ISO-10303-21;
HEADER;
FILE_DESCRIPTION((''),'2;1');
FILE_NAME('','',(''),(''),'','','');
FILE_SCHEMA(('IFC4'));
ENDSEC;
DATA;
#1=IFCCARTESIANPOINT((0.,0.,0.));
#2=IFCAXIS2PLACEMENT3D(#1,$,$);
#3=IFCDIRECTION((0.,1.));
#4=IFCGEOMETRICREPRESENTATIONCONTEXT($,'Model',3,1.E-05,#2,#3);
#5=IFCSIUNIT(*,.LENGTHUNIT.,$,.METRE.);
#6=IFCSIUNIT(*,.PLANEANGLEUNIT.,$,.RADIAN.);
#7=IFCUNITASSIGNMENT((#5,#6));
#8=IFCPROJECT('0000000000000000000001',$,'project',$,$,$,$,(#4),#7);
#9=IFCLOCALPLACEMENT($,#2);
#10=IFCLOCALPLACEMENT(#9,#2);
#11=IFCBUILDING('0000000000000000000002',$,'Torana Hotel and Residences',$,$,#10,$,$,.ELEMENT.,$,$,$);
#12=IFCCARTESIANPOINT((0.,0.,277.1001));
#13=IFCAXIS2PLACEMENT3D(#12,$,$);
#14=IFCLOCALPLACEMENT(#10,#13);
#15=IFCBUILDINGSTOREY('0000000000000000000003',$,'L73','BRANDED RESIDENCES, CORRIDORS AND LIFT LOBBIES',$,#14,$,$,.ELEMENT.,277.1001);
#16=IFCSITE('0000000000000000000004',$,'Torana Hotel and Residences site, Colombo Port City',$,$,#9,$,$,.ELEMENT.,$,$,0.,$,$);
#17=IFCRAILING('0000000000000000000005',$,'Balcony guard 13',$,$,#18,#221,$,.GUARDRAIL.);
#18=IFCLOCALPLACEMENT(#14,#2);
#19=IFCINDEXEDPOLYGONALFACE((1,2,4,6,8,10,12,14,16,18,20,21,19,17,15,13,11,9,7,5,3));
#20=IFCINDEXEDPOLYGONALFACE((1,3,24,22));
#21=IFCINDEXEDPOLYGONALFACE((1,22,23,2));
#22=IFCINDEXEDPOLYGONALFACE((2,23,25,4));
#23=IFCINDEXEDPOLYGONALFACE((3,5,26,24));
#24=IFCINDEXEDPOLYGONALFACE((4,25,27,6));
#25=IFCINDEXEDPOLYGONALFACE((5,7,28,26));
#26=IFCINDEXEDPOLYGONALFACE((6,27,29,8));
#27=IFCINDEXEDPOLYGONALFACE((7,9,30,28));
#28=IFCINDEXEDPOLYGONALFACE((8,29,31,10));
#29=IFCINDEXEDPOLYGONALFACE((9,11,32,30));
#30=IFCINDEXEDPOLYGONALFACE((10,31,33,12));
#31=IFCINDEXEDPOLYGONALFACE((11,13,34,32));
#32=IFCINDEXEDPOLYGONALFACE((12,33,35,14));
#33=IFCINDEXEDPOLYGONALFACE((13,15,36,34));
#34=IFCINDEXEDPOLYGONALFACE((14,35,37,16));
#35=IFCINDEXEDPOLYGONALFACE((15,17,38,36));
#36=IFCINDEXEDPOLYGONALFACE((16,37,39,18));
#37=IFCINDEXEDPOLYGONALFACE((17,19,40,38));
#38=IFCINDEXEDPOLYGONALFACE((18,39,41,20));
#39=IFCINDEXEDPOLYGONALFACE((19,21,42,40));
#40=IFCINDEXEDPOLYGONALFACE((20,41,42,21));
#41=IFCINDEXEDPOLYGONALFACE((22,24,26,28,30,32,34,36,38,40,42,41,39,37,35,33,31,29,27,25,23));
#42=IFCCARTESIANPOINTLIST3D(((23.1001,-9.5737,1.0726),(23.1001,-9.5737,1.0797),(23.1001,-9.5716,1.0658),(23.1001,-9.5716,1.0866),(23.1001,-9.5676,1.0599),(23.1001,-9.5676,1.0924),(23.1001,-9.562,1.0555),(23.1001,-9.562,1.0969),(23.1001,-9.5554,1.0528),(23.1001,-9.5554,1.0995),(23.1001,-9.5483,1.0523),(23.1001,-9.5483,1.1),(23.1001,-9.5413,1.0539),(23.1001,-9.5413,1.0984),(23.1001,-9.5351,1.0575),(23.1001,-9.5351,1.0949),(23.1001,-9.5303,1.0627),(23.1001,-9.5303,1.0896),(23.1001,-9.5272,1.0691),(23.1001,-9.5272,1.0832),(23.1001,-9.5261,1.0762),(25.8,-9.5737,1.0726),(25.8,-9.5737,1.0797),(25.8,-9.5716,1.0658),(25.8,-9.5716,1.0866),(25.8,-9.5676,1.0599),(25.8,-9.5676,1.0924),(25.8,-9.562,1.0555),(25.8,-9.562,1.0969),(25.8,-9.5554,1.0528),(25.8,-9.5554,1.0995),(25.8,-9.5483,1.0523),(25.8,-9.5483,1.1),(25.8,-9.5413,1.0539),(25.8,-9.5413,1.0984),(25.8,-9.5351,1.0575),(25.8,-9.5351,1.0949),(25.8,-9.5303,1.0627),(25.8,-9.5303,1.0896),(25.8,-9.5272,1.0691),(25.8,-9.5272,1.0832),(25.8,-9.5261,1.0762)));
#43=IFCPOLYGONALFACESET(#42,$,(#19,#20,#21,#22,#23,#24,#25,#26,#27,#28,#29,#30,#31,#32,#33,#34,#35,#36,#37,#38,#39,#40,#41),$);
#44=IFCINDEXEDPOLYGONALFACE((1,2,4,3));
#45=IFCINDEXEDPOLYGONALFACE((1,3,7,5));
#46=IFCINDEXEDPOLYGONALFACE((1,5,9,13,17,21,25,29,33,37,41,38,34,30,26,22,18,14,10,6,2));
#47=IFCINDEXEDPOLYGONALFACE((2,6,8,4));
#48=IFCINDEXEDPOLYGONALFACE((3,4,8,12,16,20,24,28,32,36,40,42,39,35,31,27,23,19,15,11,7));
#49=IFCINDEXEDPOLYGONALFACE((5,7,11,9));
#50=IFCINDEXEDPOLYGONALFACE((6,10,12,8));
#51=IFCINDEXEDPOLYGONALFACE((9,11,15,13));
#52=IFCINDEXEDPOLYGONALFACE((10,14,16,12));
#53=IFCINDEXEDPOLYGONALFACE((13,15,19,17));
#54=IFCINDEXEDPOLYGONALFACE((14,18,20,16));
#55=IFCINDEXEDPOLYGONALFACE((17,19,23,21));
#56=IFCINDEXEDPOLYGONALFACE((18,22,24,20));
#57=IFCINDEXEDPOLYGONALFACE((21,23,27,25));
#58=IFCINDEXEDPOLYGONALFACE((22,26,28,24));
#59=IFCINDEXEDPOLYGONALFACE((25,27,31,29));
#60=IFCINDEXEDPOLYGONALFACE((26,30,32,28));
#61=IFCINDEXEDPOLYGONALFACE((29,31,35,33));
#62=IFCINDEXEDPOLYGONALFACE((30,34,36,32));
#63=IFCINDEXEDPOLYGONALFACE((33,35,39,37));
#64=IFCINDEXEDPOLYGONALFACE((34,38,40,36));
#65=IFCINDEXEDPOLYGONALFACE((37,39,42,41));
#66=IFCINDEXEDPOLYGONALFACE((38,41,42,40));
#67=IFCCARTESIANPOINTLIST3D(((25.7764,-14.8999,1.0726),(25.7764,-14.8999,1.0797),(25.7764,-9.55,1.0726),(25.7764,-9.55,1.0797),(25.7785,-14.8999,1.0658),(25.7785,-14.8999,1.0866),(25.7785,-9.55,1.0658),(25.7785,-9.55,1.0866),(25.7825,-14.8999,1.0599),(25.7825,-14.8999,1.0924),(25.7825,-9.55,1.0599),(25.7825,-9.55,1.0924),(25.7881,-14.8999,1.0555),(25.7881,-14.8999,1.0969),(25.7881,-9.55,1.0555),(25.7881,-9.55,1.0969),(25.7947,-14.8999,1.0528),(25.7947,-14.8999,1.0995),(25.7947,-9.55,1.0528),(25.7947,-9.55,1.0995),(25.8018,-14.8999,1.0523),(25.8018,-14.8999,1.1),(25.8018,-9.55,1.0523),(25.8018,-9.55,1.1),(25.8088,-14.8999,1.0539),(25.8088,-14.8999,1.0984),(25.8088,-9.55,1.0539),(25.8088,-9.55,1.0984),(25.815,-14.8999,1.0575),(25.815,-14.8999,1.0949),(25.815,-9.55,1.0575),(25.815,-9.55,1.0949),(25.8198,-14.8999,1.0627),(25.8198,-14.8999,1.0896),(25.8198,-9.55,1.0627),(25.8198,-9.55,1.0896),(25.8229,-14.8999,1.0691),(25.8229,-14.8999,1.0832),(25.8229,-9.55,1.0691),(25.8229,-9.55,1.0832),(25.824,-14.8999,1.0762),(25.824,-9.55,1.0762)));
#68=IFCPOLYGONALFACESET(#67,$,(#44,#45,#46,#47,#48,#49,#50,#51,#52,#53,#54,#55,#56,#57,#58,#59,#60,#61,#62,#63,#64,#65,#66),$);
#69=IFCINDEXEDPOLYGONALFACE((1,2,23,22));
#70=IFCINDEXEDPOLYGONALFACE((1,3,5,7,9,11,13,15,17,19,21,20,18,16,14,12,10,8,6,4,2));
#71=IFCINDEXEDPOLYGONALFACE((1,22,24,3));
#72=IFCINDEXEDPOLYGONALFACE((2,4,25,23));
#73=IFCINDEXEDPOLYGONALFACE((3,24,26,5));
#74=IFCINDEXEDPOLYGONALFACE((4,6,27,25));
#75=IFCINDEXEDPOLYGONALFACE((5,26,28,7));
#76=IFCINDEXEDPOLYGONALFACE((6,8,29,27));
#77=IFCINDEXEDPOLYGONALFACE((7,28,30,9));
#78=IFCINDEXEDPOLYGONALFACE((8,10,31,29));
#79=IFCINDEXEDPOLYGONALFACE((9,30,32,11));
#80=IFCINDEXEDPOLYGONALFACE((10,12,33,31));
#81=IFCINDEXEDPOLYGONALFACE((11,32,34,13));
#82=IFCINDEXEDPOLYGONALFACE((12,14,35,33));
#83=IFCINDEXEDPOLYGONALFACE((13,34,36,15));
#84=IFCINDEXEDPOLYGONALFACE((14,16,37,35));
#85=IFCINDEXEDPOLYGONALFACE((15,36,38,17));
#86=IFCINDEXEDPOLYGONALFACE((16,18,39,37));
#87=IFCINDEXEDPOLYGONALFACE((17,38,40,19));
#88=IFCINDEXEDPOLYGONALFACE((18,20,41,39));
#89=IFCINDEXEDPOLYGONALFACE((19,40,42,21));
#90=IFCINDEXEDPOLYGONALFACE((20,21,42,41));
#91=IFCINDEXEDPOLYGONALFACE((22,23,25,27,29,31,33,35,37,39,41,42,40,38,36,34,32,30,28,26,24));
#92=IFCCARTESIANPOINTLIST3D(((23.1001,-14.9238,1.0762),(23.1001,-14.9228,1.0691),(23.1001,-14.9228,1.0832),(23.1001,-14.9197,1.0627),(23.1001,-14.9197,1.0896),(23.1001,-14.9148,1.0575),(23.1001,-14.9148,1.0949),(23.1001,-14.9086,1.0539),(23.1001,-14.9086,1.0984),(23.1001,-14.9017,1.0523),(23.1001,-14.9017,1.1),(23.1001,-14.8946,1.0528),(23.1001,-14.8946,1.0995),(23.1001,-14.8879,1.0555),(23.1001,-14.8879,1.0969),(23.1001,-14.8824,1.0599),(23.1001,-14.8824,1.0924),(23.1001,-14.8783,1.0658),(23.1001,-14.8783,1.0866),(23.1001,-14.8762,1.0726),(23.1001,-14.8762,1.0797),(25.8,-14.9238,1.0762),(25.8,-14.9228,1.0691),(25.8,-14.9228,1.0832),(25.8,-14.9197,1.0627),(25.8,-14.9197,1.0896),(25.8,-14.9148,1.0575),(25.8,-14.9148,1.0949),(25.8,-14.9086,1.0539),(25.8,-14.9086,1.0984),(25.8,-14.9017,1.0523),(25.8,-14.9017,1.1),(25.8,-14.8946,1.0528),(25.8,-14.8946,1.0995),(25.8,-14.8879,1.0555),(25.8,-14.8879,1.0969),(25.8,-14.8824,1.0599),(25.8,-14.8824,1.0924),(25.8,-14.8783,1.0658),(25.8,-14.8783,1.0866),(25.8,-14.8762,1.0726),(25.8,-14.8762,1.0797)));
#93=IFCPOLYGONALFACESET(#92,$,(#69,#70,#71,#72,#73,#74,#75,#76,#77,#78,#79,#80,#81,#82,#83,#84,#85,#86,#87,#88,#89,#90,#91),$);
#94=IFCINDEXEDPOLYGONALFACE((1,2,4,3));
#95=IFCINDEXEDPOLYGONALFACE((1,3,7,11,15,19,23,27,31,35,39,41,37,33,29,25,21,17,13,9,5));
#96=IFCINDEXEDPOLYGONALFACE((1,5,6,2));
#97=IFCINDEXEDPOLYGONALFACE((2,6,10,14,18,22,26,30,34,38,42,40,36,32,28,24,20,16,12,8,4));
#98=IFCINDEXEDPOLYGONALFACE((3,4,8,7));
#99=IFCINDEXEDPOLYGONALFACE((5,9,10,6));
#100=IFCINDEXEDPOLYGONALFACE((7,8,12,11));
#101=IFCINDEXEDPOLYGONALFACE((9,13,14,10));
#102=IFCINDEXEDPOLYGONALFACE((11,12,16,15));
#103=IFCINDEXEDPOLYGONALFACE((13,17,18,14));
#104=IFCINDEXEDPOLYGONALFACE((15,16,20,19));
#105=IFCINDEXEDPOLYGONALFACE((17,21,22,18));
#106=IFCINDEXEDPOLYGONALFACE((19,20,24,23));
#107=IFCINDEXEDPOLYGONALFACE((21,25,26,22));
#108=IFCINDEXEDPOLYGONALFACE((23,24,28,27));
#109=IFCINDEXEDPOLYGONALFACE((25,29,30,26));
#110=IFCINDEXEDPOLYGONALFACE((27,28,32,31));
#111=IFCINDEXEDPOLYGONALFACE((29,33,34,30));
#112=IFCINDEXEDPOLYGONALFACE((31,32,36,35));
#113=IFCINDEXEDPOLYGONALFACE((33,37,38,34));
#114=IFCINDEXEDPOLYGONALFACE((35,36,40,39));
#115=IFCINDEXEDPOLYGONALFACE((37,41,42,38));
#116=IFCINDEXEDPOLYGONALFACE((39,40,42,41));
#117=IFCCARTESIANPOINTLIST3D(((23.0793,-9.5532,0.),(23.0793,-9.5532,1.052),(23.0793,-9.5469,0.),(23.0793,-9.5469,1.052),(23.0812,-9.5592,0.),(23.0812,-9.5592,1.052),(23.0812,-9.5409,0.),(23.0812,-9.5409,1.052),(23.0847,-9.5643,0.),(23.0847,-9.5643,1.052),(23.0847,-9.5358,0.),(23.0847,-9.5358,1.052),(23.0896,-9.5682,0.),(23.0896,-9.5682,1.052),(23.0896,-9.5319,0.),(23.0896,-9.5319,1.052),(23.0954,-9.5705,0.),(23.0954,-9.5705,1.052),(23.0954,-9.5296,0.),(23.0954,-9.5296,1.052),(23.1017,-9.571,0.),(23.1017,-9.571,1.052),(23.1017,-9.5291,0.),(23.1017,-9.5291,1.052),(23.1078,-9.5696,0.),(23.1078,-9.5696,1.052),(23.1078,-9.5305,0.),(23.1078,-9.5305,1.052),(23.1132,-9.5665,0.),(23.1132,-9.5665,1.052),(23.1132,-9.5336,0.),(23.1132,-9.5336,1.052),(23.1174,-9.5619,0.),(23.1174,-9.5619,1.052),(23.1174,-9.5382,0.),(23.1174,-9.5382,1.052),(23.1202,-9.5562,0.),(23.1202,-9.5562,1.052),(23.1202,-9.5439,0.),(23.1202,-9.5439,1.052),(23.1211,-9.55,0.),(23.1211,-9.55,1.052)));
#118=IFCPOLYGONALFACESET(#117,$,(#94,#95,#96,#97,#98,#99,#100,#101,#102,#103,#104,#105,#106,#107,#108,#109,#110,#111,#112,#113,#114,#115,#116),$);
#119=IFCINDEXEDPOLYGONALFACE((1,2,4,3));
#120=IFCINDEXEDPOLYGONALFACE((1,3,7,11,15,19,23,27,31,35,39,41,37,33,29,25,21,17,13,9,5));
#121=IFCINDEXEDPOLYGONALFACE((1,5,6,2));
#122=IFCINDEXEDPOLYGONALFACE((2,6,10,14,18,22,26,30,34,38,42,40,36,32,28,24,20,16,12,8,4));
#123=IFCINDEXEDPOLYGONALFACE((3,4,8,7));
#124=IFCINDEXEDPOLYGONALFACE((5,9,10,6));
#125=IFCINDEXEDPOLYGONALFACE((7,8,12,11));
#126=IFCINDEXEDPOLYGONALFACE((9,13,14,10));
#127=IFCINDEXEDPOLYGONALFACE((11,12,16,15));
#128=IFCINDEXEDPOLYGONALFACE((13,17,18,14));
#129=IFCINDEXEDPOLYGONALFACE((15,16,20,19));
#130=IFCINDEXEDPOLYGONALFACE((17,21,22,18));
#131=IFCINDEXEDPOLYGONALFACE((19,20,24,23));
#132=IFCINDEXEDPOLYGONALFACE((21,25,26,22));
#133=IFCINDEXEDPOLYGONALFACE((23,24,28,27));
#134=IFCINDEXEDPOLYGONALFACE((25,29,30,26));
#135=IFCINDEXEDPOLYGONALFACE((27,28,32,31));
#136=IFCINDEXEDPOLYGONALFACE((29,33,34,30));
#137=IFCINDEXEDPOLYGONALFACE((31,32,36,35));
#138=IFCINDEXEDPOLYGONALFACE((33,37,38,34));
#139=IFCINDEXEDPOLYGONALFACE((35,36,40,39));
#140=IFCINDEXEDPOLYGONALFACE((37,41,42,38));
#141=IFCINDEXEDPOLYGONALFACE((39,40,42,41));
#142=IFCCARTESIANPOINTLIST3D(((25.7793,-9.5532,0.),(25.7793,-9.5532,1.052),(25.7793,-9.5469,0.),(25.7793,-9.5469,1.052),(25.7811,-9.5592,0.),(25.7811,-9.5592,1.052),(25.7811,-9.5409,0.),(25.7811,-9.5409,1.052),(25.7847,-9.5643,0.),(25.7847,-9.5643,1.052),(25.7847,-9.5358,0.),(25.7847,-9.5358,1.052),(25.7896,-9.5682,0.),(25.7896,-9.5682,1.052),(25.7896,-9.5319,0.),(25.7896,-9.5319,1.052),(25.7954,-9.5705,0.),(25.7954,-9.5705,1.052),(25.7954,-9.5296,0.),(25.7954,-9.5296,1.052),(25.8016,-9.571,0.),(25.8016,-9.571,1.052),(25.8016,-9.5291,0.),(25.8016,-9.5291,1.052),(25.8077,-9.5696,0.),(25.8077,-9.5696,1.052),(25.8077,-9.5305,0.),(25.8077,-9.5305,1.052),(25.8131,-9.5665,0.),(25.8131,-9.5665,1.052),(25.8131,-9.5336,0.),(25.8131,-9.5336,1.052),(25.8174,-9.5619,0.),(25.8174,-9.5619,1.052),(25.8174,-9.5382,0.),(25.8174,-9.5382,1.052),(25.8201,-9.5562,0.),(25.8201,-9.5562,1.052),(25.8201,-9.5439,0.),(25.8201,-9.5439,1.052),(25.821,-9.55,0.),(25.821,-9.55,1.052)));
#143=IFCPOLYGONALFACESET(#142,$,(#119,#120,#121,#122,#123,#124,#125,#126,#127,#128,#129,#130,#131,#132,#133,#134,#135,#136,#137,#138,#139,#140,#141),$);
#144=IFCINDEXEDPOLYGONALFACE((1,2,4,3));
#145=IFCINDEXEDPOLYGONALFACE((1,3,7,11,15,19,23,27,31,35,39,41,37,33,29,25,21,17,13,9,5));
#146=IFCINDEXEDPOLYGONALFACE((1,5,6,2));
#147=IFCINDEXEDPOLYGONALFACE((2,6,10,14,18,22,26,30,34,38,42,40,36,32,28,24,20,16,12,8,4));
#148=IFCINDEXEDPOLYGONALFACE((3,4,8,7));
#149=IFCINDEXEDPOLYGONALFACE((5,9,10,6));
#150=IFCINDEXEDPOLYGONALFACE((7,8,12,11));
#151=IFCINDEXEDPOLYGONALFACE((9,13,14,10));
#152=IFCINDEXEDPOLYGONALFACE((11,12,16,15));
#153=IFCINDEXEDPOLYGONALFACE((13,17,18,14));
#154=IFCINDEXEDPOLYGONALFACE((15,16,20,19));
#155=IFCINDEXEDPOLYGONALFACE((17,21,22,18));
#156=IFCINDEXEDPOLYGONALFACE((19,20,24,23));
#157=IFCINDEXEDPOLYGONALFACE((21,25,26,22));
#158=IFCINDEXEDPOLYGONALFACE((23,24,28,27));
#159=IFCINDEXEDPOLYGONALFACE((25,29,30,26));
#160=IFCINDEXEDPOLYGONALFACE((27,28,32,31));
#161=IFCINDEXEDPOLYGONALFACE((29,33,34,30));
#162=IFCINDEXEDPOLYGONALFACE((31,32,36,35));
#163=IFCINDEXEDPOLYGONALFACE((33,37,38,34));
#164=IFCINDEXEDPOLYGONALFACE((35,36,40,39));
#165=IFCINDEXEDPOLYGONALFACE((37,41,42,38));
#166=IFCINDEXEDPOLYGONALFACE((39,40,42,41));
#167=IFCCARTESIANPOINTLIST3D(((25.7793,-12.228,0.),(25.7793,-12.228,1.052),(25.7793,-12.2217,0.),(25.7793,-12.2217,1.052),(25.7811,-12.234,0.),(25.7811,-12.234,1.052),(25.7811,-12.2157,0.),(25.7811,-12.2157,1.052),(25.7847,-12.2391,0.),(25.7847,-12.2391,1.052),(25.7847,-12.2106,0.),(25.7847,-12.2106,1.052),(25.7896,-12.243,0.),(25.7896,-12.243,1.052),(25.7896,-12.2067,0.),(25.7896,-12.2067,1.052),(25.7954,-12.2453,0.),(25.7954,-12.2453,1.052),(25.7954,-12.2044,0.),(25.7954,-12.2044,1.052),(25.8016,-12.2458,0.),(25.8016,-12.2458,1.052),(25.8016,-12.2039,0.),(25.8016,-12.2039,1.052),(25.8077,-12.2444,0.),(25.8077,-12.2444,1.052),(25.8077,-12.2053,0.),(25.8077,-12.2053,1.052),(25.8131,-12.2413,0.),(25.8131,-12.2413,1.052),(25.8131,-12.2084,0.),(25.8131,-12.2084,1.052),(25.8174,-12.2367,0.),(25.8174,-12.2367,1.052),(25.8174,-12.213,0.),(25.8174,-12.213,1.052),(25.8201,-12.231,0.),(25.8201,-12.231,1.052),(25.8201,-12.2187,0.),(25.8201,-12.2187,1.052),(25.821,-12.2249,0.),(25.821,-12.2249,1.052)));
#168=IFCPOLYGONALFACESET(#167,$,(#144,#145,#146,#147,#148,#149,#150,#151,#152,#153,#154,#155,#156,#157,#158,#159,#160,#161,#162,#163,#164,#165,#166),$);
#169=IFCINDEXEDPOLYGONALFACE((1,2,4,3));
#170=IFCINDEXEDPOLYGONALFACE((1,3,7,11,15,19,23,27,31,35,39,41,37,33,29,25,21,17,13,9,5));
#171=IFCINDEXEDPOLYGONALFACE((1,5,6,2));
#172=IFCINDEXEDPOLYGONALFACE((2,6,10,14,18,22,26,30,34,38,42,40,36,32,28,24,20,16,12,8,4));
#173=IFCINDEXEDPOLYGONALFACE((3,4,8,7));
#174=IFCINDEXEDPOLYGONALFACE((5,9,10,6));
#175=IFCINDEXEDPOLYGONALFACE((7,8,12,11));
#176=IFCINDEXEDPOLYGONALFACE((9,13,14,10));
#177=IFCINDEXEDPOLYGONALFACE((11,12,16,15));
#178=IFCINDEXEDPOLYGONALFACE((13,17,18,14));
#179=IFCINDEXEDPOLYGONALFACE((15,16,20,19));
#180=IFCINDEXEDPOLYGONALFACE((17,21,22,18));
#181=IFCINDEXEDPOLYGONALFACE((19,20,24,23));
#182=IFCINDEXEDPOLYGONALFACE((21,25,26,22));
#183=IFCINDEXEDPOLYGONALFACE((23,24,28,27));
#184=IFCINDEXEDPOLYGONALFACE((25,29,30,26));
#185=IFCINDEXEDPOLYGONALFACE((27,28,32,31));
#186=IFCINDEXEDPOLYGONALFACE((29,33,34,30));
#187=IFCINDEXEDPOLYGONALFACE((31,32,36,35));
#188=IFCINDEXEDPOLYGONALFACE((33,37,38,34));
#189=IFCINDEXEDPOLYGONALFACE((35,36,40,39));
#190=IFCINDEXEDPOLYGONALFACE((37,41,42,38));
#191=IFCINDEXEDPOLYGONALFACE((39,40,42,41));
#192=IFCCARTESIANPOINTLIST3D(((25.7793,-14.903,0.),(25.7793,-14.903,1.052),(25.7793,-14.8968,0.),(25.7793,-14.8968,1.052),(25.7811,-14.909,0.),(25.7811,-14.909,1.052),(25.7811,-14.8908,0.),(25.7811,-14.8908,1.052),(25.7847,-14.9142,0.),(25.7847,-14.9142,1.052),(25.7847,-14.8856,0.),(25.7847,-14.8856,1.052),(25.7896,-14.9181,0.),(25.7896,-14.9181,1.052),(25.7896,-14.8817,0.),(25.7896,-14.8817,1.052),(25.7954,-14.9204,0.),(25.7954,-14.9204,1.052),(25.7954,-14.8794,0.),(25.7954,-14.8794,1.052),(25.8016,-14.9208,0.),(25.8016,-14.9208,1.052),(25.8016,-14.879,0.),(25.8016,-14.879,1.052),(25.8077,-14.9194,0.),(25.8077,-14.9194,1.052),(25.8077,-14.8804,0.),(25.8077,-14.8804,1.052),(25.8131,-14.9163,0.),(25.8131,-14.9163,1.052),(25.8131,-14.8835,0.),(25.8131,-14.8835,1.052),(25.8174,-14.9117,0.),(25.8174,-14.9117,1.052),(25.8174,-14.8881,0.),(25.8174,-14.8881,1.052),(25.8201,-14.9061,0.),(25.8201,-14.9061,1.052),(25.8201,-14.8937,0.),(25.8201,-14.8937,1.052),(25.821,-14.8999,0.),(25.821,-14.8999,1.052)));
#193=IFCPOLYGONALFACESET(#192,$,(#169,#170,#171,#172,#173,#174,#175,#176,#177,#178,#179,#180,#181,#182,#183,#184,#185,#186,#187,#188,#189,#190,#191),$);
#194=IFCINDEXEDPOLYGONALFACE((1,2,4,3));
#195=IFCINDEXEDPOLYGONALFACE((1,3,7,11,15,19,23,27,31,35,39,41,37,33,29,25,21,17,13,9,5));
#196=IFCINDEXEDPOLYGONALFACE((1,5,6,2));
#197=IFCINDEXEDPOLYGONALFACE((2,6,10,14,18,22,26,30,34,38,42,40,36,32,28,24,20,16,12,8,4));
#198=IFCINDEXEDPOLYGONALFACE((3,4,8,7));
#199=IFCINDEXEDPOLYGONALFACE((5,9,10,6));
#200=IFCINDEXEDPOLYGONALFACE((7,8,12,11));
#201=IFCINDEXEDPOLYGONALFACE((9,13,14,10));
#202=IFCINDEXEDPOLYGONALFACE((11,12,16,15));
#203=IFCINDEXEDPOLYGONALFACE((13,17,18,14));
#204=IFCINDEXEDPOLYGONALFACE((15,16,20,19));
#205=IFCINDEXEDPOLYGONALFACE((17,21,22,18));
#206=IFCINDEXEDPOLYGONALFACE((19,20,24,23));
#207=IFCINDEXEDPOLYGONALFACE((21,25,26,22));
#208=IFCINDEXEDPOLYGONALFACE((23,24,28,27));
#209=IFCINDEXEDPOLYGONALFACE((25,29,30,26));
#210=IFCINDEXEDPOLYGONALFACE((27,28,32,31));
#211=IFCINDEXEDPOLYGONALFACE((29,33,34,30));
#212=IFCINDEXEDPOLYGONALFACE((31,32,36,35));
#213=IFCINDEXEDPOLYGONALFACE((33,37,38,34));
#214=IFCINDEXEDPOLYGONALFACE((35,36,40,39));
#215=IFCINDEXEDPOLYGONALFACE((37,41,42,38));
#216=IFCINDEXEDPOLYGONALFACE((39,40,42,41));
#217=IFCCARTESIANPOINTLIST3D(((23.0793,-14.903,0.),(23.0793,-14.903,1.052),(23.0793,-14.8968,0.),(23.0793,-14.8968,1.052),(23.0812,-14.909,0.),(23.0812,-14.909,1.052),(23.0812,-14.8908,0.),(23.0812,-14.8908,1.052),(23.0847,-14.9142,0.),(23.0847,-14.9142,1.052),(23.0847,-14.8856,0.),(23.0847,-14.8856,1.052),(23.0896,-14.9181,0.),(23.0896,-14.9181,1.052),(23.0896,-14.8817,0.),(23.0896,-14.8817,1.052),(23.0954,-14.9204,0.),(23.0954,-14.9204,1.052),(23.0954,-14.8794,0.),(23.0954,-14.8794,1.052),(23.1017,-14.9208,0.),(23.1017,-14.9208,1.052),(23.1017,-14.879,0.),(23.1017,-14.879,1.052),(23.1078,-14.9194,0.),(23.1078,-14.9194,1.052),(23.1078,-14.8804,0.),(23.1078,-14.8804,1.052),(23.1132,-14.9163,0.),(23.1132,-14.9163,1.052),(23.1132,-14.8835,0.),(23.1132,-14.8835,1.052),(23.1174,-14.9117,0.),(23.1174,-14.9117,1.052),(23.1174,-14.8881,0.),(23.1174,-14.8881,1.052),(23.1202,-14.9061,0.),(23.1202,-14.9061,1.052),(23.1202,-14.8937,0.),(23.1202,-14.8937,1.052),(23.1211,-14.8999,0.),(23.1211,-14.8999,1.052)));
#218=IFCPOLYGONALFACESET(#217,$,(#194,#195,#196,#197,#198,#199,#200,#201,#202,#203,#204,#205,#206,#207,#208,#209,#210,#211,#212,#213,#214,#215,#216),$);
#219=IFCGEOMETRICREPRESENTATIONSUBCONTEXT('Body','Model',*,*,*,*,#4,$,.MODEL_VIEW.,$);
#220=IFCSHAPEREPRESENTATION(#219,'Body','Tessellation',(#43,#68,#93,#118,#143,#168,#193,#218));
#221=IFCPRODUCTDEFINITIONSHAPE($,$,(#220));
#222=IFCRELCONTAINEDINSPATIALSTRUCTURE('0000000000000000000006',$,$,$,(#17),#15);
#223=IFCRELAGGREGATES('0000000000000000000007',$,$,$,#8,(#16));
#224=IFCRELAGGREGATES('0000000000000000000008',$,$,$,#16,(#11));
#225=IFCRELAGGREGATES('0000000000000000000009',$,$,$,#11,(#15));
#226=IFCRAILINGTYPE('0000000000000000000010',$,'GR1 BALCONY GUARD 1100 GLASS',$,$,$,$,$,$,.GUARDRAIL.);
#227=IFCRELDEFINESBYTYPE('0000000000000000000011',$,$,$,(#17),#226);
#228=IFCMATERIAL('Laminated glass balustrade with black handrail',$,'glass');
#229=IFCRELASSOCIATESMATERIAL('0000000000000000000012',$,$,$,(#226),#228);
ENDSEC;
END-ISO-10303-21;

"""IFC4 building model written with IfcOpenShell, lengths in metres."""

from ifc_helpers import new_model, si_unit, direction, frame, origin, origin_2d, place, context, subcontext, project, spatial, circle, extrude, material, type_object, element, save


model = new_model("IFC4")

# Units and contexts
model_context = context("Model", 3, precision=1e-05, world=origin(), true_north=direction((0.0, 1.0)))
body_context = subcontext(model_context, "Body", "Model", "MODEL_VIEW")
ifc_project = project(units=[si_unit("LENGTHUNIT", "METRE"), si_unit("PLANEANGLEUNIT", "RADIAN")], contexts=[model_context])

# Site, building, storey
site_placement = place(None, origin())
site = spatial("IfcSite", under=ifc_project, at=site_placement, Name="Torana Hotel and Residences site, Colombo Port City", CompositionType="ELEMENT", RefElevation=0.0)
building_placement = place(site_placement, origin())
building = spatial("IfcBuilding", under=site, at=building_placement, Name="Torana Hotel and Residences", CompositionType="ELEMENT")
storey_placement = place(building_placement, frame((0.0, 0.0, 277.1001)))
storey = spatial("IfcBuildingStorey", under=building, at=storey_placement, Name="L73", Description="BRANDED RESIDENCES, CORRIDORS AND LIFT LOBBIES", CompositionType="ELEMENT", Elevation=277.1001)

# Railing
ifc_material_1 = material(Name="Laminated glass balustrade with black handrail", Category="glass")
railing_type_1 = type_object("IfcRailingType", Name="GR1 BALCONY GUARD 1100 GLASS", PredefinedType="GUARDRAIL", material=ifc_material_1)
railing_1_placement = place(storey_placement, frame((23.1001, -9.55, 0.0)))
element("IfcRailing", 1, at=railing_1_placement, inside=storey, type_object=railing_type_1, Name="Balcony guard 13", PredefinedType="GUARDRAIL", context=body_context, shape_type="SweptSolid", body=[
    extrude(circle(Radius=0.0239, at=origin_2d()), frame((0.0, 0.0, 1.0762), z_axis=(1.0, 0.0, 0.0), x_axis=(0.0, 1.0, 0.0)), (0.0, 0.0, 1.0), 2.7),
    extrude(circle(Radius=0.0239, at=origin_2d()), frame((2.7, 0.0, 1.0762), z_axis=(0.0, -1.0, 0.0), x_axis=(1.0, 0.0, 0.0)), (0.0, 0.0, 1.0), 5.3499),
    extrude(circle(Radius=0.0239, at=origin_2d()), frame((2.7, -5.3499, 1.0762), z_axis=(-1.0, 0.0, 0.0), x_axis=(0.0, -1.0, 0.0)), (0.0, 0.0, 1.0), 2.7),
    extrude(circle(Radius=0.021, at=origin_2d()), origin(), (0.0, 0.0, 1.0), 1.052),
    extrude(circle(Radius=0.021, at=origin_2d()), frame((2.7, 0.0, 0.0)), (0.0, 0.0, 1.0), 1.052),
    extrude(circle(Radius=0.021, at=origin_2d()), frame((2.7, -2.6748, 0.0)), (0.0, 0.0, 1.0), 1.052),
    extrude(circle(Radius=0.021, at=origin_2d()), frame((2.7, -5.3499, 0.0)), (0.0, 0.0, 1.0), 1.052),
    extrude(circle(Radius=0.021, at=origin_2d()), frame((0.0, -5.3499, 0.0)), (0.0, 0.0, 1.0), 1.052),
])

save(model, "model.ifc")
